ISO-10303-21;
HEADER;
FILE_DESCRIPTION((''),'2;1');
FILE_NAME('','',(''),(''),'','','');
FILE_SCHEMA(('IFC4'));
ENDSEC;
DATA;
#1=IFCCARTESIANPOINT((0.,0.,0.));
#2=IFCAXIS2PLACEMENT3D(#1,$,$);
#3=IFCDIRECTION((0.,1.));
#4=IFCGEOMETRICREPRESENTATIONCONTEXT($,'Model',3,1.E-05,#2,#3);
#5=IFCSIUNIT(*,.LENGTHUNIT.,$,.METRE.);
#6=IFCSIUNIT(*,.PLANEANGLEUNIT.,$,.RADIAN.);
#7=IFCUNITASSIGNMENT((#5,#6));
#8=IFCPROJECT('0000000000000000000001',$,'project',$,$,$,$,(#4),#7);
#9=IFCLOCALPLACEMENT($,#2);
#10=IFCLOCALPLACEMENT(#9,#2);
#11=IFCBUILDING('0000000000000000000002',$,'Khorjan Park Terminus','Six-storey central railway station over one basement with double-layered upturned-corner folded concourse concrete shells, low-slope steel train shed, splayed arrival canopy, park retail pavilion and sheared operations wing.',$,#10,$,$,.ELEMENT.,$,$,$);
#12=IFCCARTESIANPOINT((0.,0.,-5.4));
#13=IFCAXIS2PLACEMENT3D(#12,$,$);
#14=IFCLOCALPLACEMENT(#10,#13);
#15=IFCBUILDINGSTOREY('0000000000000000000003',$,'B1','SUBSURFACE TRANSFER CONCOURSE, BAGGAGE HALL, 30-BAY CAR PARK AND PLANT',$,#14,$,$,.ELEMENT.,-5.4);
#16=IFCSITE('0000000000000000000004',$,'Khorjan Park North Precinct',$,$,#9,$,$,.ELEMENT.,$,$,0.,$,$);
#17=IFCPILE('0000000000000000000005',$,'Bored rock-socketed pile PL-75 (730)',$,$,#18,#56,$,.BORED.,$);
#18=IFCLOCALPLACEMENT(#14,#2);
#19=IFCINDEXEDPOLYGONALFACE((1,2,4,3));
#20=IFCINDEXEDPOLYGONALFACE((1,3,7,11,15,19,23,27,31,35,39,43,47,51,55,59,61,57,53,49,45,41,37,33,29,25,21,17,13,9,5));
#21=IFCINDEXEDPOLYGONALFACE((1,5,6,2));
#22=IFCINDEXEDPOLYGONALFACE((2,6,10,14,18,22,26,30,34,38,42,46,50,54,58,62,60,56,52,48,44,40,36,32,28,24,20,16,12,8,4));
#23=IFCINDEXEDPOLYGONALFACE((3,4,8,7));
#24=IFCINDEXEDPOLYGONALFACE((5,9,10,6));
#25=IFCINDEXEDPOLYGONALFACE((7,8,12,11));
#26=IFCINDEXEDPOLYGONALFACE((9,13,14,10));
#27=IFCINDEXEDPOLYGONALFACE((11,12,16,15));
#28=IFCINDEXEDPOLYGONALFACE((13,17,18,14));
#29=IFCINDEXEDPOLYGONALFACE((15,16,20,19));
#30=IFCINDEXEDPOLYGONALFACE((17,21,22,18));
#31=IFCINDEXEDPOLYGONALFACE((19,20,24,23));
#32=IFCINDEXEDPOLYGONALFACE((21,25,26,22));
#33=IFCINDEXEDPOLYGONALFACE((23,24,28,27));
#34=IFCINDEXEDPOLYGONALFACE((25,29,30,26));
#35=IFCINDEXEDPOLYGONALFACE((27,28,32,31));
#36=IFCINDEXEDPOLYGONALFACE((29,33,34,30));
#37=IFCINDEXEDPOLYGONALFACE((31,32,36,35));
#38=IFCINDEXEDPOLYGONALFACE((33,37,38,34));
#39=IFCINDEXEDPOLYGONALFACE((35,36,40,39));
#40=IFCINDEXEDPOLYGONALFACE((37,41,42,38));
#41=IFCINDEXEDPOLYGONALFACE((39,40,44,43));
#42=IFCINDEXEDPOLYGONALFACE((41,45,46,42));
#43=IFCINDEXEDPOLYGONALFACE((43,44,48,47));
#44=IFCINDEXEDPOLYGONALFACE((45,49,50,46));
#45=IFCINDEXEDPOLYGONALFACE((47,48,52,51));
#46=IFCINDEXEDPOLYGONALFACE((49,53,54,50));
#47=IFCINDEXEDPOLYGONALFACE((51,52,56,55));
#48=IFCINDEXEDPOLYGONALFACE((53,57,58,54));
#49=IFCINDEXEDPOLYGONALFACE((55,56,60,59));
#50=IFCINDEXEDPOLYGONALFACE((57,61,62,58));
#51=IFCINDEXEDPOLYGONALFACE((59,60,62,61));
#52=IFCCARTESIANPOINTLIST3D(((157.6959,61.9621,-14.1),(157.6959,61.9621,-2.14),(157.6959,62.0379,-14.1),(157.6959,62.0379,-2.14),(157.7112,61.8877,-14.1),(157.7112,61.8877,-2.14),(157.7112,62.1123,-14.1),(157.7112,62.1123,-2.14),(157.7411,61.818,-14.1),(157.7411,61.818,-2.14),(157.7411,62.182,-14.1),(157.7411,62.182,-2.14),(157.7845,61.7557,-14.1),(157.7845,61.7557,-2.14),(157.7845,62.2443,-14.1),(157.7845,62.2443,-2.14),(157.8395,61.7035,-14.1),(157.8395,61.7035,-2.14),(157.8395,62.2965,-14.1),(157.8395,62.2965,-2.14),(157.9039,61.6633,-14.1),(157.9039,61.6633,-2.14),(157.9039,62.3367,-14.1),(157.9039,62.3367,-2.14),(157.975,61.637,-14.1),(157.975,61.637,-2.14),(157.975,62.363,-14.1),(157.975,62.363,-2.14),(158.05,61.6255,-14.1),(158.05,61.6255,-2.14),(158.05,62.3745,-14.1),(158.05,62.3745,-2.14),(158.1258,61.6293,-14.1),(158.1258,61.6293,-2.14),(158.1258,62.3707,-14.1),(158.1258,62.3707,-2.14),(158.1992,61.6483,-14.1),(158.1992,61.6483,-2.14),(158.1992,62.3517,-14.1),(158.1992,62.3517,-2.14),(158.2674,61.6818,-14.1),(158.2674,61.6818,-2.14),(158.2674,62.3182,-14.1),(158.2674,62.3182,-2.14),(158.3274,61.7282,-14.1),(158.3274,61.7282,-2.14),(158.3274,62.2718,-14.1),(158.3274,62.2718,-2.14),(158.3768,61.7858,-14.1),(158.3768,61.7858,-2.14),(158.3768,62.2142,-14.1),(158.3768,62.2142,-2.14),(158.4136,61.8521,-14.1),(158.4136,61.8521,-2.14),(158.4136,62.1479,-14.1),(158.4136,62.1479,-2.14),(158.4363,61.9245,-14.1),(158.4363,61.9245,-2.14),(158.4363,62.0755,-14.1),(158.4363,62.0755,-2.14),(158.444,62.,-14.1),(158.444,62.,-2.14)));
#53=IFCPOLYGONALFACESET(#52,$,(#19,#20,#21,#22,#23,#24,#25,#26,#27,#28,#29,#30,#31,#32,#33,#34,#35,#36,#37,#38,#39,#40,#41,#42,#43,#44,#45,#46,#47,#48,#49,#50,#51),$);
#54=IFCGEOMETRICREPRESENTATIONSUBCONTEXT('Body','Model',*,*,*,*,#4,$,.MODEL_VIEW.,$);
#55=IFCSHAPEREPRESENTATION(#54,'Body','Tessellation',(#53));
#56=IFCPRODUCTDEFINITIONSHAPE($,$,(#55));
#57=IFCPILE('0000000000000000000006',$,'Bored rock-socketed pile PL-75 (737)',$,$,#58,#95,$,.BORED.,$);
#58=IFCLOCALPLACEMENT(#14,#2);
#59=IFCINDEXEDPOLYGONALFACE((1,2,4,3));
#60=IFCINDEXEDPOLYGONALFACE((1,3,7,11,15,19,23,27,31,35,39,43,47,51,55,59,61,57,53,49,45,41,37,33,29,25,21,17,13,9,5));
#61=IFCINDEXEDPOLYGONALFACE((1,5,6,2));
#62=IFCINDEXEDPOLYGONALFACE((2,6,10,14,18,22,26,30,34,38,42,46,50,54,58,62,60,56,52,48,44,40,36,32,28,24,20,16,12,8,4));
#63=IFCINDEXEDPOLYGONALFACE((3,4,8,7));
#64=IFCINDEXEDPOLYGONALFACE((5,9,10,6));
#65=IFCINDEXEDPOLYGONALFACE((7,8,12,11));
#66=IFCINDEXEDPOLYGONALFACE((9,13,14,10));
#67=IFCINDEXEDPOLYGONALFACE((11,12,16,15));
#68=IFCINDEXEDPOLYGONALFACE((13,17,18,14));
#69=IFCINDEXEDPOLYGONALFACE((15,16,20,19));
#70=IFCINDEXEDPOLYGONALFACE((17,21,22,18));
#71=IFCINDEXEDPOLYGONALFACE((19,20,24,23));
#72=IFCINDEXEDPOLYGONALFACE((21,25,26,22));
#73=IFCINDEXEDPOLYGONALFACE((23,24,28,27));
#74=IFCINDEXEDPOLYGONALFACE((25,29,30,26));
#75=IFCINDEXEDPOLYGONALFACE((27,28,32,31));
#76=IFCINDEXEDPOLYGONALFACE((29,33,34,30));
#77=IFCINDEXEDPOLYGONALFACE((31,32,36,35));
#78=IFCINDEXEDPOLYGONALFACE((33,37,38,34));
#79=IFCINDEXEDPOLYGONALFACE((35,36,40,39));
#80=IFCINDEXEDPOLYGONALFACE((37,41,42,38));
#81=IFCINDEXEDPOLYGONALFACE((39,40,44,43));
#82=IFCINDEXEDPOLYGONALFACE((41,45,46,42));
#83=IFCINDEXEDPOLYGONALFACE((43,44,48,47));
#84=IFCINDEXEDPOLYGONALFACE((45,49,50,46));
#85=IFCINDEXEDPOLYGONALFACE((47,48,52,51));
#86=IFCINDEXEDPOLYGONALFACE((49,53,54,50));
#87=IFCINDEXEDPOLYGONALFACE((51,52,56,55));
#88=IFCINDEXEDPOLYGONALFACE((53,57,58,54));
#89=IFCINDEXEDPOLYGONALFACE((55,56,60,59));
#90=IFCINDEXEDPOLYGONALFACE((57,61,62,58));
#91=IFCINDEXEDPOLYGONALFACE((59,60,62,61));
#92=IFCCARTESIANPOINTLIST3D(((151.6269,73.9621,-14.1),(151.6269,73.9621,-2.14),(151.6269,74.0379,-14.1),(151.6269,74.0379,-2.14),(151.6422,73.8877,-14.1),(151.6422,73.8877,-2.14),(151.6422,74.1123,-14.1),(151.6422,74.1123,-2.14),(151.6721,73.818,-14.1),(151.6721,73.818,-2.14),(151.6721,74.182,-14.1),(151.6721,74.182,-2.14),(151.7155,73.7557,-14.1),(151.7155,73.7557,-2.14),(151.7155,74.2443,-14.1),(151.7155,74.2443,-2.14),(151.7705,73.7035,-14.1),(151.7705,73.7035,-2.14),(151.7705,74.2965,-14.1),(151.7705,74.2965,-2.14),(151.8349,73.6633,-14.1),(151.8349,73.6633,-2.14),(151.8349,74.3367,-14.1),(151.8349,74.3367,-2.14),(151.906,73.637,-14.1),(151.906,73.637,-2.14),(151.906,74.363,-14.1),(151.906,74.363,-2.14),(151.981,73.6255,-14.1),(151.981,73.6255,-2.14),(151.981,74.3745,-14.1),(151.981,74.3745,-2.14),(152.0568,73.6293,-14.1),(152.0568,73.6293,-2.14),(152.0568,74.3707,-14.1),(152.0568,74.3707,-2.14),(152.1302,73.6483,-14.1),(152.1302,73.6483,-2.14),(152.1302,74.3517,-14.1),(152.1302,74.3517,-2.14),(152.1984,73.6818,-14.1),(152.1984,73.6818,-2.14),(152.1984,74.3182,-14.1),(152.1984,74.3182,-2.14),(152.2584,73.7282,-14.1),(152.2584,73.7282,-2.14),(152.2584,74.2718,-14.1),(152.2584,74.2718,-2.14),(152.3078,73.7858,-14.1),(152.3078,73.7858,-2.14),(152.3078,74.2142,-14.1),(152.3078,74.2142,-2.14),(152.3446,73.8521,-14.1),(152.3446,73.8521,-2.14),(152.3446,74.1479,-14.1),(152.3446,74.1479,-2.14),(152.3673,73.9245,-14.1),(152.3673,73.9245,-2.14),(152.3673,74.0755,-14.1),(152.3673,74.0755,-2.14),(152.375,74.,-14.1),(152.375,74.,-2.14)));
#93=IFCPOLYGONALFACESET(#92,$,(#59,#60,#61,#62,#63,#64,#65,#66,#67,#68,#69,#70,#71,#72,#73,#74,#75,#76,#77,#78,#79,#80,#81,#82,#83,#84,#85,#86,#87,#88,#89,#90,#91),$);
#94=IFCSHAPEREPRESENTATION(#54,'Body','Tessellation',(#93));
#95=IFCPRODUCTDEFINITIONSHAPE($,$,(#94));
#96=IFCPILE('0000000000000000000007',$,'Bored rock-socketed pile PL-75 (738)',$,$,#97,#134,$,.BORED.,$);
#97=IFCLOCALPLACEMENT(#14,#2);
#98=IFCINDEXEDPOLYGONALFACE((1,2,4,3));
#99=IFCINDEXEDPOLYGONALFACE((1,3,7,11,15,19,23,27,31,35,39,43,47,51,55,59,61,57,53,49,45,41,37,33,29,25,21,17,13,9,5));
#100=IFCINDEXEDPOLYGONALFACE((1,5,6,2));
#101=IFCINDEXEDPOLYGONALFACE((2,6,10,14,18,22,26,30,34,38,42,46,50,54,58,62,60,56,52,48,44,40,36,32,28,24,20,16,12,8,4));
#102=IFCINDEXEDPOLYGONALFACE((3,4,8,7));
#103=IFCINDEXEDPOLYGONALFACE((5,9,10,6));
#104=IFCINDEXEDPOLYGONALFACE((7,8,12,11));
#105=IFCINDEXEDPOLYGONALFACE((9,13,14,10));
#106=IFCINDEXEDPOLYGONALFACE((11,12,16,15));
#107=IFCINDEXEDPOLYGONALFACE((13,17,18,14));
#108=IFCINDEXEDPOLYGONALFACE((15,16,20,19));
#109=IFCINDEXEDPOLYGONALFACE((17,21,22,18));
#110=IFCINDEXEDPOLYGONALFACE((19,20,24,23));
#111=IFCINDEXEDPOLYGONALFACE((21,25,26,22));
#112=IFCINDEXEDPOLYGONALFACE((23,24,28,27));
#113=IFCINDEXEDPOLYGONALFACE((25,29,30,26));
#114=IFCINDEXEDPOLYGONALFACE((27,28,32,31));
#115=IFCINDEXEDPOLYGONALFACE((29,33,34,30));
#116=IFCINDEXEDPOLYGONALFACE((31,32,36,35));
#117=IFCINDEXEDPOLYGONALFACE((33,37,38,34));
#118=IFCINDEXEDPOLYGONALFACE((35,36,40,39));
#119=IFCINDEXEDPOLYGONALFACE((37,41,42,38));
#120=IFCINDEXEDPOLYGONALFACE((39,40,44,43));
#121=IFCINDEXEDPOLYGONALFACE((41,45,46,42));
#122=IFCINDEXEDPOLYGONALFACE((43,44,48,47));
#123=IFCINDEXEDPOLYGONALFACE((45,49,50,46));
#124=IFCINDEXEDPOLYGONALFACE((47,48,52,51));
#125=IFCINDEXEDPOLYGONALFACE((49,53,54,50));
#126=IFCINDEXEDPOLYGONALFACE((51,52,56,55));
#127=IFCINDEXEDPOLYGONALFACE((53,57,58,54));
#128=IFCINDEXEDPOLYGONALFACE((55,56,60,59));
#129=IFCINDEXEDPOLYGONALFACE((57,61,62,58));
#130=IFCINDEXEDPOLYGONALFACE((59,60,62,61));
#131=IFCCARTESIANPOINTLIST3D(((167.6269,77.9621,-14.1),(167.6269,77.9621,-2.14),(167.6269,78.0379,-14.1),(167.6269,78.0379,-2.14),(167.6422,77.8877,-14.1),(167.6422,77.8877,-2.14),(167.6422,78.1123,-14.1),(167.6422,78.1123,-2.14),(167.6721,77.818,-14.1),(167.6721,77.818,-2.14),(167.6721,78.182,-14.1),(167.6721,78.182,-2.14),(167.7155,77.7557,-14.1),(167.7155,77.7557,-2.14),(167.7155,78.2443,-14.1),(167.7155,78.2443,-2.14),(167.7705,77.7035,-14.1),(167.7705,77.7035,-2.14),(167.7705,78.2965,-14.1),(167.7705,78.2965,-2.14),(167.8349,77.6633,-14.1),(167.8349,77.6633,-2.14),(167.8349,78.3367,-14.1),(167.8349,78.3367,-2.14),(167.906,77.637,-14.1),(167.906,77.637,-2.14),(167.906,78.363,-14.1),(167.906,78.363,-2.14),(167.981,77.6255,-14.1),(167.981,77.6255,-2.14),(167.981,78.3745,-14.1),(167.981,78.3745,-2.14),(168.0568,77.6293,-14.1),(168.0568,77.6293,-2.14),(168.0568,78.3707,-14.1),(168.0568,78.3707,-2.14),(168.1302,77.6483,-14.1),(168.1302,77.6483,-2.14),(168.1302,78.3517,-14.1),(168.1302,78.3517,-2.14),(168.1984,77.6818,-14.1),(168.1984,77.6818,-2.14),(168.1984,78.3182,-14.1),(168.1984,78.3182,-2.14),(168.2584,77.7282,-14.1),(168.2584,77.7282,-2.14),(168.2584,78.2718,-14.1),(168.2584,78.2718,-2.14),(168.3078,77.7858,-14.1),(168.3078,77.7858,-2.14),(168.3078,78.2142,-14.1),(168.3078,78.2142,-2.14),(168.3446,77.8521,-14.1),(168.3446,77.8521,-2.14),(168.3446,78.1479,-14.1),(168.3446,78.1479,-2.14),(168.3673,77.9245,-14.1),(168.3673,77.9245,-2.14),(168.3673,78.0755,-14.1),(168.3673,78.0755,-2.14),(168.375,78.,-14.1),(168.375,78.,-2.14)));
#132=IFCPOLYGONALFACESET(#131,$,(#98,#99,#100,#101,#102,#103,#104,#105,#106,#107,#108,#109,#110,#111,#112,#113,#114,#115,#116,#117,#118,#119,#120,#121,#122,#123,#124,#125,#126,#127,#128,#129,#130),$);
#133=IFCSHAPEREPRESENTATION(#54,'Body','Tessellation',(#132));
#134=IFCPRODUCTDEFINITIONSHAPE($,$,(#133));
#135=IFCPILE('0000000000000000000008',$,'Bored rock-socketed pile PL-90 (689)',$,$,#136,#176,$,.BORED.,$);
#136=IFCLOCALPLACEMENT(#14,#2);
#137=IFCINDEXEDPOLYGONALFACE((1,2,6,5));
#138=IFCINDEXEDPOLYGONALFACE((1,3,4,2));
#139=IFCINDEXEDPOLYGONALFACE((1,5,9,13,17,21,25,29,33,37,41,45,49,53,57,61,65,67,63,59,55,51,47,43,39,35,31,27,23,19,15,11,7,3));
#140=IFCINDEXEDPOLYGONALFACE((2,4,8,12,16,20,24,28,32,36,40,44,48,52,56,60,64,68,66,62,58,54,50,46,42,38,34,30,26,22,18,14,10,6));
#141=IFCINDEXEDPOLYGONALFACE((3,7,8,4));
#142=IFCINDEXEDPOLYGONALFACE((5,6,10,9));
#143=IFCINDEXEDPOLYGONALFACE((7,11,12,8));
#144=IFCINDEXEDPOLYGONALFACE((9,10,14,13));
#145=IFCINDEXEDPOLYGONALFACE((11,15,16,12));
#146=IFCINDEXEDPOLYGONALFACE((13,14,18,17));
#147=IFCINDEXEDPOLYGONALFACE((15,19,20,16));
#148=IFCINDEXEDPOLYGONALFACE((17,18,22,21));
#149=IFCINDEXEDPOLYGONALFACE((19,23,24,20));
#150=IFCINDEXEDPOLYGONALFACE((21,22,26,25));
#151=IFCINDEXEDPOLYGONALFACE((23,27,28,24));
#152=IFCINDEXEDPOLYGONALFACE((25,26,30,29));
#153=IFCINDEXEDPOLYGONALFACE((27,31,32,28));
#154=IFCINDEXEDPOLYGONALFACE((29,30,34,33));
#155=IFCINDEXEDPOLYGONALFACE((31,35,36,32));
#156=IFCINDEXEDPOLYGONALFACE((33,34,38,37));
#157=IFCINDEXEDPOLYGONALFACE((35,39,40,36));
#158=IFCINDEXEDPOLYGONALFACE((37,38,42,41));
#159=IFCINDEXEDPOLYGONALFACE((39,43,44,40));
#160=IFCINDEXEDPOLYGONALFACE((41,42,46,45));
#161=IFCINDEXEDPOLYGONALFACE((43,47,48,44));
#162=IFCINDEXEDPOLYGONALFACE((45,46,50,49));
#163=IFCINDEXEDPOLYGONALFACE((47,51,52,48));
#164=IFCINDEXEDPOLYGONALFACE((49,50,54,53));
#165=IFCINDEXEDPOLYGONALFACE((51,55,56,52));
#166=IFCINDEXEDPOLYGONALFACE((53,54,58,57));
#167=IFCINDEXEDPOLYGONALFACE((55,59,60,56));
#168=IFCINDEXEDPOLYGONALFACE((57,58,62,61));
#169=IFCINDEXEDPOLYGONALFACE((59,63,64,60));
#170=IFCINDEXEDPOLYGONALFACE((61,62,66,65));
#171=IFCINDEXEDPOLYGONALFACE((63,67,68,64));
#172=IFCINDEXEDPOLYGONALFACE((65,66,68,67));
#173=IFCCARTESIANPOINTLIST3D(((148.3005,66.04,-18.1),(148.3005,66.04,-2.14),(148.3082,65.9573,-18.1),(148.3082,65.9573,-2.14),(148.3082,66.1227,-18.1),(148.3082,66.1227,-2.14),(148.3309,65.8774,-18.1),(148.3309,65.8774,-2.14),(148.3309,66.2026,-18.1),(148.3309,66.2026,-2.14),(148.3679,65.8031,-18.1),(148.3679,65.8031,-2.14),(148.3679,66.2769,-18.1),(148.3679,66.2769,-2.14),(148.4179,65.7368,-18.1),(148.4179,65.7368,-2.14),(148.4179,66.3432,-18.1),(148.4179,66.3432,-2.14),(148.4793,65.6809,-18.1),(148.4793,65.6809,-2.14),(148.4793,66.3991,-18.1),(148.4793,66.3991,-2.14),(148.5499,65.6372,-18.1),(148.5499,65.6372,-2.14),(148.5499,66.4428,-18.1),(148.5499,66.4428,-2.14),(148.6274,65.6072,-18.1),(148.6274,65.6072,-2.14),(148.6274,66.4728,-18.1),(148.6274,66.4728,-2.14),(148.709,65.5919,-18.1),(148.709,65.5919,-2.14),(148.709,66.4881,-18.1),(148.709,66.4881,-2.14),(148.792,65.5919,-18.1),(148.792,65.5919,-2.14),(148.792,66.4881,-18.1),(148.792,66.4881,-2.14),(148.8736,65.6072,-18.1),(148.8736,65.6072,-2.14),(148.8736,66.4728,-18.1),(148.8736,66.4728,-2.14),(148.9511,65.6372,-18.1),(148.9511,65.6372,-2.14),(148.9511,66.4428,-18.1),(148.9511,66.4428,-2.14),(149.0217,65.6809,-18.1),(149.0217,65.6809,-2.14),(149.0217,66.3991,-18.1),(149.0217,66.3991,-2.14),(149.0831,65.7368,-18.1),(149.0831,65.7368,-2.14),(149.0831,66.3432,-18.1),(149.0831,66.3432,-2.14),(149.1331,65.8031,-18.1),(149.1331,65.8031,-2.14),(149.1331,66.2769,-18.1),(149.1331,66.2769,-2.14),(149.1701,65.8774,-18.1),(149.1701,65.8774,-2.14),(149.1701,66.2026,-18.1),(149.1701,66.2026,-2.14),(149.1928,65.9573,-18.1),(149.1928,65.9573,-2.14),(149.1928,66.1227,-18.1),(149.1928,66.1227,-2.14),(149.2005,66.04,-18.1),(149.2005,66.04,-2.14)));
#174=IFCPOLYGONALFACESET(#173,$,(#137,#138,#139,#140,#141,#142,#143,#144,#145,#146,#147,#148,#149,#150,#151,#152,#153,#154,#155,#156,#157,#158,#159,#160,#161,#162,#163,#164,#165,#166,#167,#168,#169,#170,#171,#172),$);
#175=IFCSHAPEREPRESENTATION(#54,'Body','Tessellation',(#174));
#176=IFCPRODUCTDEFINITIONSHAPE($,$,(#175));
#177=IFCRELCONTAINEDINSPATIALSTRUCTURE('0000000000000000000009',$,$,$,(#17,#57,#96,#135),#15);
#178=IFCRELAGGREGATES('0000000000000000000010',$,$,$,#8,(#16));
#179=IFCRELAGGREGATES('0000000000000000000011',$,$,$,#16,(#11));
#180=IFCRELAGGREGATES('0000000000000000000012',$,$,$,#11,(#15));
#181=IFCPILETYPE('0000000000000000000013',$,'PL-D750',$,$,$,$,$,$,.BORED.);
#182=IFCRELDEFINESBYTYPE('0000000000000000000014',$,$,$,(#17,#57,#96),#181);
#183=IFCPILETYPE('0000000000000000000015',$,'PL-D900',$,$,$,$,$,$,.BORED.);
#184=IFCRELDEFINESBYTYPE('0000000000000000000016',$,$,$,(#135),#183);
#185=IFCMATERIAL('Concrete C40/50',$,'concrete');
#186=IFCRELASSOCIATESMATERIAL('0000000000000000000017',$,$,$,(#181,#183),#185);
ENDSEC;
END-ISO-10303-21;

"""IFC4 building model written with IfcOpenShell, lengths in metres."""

from ifc_helpers import new_model, si_unit, direction, frame, origin, origin_2d, place, context, subcontext, project, spatial, circle, extrude, material, material_profile, profile_set, type_object, element, save


model = new_model("IFC4")

# Units and contexts
model_context = context("Model", 3, precision=1e-05, world=origin(), true_north=direction((0.0, 1.0)))
body_context = subcontext(model_context, "Body", "Model", "MODEL_VIEW")
ifc_project = project(units=[si_unit("LENGTHUNIT", "METRE"), si_unit("PLANEANGLEUNIT", "RADIAN")], contexts=[model_context])

# Site, building, storey
site_placement = place(None, origin())
site = spatial("IfcSite", under=ifc_project, at=site_placement, Name="Khorjan Park North Precinct", CompositionType="ELEMENT", RefElevation=0.0)
building_placement = place(site_placement, origin())
building = spatial("IfcBuilding", under=site, at=building_placement, Name="Khorjan Park Terminus", Description="Six-storey central railway station over one basement with double-layered upturned-corner folded concourse concrete shells, low-slope steel train shed, splayed arrival canopy, park retail pavilion and sheared operations wing.", CompositionType="ELEMENT")
storey_placement = place(building_placement, frame((0.0, 0.0, -5.4)))
storey = spatial("IfcBuildingStorey", under=building, at=storey_placement, Name="B1", Description="SUBSURFACE TRANSFER CONCOURSE, BAGGAGE HALL, 30-BAY CAR PARK AND PLANT", CompositionType="ELEMENT", Elevation=-5.4)

# Piles
ifc_material_1 = material(Name="Concrete C40/50", Category="concrete")
ifc_material_profile_1 = material_profile(ifc_material_1, circle(Radius=0.375, at=origin_2d()), Name="BORED D750")
ifc_profile_set_1 = profile_set([ifc_material_profile_1], Name="Concrete C40/50")
pile_type_1 = type_object("IfcPileType", Name="PL-D750", PredefinedType="BORED", material=ifc_profile_set_1)
for number, where, z_axis, x_axis, name in (
    (1, (158.069, 62.0, -2.14), (0.0, 0.0, -1.0), (1.0, 0.0, 0.0), "Bored rock-socketed pile PL-75 (730)"),
    (2, (152.0, 74.0, -2.14), (0.0, 0.0, -1.0), (1.0, 0.0, 0.0), "Bored rock-socketed pile PL-75 (737)"),
    (3, (168.0, 78.0, -2.14), (0.0, 0.0, -1.0), (1.0, 0.0, 0.0), "Bored rock-socketed pile PL-75 (738)"),
):
    element("IfcPile", number, at=place(storey_placement, frame(where, z_axis=z_axis, x_axis=x_axis)), inside=storey, type_object=pile_type_1, Name=name, PredefinedType="BORED", context=body_context, shape_type="SweptSolid", body=[
        extrude(circle(Radius=0.375, at=origin_2d()), origin(), (0.0, 0.0, 1.0), 11.96),
    ])
ifc_material_profile_2 = material_profile(ifc_material_1, circle(Radius=0.45, at=origin_2d()), Name="BORED D900")
ifc_profile_set_2 = profile_set([ifc_material_profile_2], Name="Concrete C40/50")
pile_type_2 = type_object("IfcPileType", Name="PL-D900", PredefinedType="BORED", material=ifc_profile_set_2)
for number, where, z_axis, x_axis, name in (
    (4, (148.7505, 66.04, -2.14), (0.0, 0.0, -1.0), (1.0, 0.0, 0.0), "Bored rock-socketed pile PL-90 (689)"),
):
    element("IfcPile", number, at=place(storey_placement, frame(where, z_axis=z_axis, x_axis=x_axis)), inside=storey, type_object=pile_type_2, Name=name, PredefinedType="BORED", context=body_context, shape_type="SweptSolid", body=[
        extrude(circle(Radius=0.45, at=origin_2d()), origin(), (0.0, 0.0, 1.0), 15.96),
    ])

save(model, "model.ifc")
